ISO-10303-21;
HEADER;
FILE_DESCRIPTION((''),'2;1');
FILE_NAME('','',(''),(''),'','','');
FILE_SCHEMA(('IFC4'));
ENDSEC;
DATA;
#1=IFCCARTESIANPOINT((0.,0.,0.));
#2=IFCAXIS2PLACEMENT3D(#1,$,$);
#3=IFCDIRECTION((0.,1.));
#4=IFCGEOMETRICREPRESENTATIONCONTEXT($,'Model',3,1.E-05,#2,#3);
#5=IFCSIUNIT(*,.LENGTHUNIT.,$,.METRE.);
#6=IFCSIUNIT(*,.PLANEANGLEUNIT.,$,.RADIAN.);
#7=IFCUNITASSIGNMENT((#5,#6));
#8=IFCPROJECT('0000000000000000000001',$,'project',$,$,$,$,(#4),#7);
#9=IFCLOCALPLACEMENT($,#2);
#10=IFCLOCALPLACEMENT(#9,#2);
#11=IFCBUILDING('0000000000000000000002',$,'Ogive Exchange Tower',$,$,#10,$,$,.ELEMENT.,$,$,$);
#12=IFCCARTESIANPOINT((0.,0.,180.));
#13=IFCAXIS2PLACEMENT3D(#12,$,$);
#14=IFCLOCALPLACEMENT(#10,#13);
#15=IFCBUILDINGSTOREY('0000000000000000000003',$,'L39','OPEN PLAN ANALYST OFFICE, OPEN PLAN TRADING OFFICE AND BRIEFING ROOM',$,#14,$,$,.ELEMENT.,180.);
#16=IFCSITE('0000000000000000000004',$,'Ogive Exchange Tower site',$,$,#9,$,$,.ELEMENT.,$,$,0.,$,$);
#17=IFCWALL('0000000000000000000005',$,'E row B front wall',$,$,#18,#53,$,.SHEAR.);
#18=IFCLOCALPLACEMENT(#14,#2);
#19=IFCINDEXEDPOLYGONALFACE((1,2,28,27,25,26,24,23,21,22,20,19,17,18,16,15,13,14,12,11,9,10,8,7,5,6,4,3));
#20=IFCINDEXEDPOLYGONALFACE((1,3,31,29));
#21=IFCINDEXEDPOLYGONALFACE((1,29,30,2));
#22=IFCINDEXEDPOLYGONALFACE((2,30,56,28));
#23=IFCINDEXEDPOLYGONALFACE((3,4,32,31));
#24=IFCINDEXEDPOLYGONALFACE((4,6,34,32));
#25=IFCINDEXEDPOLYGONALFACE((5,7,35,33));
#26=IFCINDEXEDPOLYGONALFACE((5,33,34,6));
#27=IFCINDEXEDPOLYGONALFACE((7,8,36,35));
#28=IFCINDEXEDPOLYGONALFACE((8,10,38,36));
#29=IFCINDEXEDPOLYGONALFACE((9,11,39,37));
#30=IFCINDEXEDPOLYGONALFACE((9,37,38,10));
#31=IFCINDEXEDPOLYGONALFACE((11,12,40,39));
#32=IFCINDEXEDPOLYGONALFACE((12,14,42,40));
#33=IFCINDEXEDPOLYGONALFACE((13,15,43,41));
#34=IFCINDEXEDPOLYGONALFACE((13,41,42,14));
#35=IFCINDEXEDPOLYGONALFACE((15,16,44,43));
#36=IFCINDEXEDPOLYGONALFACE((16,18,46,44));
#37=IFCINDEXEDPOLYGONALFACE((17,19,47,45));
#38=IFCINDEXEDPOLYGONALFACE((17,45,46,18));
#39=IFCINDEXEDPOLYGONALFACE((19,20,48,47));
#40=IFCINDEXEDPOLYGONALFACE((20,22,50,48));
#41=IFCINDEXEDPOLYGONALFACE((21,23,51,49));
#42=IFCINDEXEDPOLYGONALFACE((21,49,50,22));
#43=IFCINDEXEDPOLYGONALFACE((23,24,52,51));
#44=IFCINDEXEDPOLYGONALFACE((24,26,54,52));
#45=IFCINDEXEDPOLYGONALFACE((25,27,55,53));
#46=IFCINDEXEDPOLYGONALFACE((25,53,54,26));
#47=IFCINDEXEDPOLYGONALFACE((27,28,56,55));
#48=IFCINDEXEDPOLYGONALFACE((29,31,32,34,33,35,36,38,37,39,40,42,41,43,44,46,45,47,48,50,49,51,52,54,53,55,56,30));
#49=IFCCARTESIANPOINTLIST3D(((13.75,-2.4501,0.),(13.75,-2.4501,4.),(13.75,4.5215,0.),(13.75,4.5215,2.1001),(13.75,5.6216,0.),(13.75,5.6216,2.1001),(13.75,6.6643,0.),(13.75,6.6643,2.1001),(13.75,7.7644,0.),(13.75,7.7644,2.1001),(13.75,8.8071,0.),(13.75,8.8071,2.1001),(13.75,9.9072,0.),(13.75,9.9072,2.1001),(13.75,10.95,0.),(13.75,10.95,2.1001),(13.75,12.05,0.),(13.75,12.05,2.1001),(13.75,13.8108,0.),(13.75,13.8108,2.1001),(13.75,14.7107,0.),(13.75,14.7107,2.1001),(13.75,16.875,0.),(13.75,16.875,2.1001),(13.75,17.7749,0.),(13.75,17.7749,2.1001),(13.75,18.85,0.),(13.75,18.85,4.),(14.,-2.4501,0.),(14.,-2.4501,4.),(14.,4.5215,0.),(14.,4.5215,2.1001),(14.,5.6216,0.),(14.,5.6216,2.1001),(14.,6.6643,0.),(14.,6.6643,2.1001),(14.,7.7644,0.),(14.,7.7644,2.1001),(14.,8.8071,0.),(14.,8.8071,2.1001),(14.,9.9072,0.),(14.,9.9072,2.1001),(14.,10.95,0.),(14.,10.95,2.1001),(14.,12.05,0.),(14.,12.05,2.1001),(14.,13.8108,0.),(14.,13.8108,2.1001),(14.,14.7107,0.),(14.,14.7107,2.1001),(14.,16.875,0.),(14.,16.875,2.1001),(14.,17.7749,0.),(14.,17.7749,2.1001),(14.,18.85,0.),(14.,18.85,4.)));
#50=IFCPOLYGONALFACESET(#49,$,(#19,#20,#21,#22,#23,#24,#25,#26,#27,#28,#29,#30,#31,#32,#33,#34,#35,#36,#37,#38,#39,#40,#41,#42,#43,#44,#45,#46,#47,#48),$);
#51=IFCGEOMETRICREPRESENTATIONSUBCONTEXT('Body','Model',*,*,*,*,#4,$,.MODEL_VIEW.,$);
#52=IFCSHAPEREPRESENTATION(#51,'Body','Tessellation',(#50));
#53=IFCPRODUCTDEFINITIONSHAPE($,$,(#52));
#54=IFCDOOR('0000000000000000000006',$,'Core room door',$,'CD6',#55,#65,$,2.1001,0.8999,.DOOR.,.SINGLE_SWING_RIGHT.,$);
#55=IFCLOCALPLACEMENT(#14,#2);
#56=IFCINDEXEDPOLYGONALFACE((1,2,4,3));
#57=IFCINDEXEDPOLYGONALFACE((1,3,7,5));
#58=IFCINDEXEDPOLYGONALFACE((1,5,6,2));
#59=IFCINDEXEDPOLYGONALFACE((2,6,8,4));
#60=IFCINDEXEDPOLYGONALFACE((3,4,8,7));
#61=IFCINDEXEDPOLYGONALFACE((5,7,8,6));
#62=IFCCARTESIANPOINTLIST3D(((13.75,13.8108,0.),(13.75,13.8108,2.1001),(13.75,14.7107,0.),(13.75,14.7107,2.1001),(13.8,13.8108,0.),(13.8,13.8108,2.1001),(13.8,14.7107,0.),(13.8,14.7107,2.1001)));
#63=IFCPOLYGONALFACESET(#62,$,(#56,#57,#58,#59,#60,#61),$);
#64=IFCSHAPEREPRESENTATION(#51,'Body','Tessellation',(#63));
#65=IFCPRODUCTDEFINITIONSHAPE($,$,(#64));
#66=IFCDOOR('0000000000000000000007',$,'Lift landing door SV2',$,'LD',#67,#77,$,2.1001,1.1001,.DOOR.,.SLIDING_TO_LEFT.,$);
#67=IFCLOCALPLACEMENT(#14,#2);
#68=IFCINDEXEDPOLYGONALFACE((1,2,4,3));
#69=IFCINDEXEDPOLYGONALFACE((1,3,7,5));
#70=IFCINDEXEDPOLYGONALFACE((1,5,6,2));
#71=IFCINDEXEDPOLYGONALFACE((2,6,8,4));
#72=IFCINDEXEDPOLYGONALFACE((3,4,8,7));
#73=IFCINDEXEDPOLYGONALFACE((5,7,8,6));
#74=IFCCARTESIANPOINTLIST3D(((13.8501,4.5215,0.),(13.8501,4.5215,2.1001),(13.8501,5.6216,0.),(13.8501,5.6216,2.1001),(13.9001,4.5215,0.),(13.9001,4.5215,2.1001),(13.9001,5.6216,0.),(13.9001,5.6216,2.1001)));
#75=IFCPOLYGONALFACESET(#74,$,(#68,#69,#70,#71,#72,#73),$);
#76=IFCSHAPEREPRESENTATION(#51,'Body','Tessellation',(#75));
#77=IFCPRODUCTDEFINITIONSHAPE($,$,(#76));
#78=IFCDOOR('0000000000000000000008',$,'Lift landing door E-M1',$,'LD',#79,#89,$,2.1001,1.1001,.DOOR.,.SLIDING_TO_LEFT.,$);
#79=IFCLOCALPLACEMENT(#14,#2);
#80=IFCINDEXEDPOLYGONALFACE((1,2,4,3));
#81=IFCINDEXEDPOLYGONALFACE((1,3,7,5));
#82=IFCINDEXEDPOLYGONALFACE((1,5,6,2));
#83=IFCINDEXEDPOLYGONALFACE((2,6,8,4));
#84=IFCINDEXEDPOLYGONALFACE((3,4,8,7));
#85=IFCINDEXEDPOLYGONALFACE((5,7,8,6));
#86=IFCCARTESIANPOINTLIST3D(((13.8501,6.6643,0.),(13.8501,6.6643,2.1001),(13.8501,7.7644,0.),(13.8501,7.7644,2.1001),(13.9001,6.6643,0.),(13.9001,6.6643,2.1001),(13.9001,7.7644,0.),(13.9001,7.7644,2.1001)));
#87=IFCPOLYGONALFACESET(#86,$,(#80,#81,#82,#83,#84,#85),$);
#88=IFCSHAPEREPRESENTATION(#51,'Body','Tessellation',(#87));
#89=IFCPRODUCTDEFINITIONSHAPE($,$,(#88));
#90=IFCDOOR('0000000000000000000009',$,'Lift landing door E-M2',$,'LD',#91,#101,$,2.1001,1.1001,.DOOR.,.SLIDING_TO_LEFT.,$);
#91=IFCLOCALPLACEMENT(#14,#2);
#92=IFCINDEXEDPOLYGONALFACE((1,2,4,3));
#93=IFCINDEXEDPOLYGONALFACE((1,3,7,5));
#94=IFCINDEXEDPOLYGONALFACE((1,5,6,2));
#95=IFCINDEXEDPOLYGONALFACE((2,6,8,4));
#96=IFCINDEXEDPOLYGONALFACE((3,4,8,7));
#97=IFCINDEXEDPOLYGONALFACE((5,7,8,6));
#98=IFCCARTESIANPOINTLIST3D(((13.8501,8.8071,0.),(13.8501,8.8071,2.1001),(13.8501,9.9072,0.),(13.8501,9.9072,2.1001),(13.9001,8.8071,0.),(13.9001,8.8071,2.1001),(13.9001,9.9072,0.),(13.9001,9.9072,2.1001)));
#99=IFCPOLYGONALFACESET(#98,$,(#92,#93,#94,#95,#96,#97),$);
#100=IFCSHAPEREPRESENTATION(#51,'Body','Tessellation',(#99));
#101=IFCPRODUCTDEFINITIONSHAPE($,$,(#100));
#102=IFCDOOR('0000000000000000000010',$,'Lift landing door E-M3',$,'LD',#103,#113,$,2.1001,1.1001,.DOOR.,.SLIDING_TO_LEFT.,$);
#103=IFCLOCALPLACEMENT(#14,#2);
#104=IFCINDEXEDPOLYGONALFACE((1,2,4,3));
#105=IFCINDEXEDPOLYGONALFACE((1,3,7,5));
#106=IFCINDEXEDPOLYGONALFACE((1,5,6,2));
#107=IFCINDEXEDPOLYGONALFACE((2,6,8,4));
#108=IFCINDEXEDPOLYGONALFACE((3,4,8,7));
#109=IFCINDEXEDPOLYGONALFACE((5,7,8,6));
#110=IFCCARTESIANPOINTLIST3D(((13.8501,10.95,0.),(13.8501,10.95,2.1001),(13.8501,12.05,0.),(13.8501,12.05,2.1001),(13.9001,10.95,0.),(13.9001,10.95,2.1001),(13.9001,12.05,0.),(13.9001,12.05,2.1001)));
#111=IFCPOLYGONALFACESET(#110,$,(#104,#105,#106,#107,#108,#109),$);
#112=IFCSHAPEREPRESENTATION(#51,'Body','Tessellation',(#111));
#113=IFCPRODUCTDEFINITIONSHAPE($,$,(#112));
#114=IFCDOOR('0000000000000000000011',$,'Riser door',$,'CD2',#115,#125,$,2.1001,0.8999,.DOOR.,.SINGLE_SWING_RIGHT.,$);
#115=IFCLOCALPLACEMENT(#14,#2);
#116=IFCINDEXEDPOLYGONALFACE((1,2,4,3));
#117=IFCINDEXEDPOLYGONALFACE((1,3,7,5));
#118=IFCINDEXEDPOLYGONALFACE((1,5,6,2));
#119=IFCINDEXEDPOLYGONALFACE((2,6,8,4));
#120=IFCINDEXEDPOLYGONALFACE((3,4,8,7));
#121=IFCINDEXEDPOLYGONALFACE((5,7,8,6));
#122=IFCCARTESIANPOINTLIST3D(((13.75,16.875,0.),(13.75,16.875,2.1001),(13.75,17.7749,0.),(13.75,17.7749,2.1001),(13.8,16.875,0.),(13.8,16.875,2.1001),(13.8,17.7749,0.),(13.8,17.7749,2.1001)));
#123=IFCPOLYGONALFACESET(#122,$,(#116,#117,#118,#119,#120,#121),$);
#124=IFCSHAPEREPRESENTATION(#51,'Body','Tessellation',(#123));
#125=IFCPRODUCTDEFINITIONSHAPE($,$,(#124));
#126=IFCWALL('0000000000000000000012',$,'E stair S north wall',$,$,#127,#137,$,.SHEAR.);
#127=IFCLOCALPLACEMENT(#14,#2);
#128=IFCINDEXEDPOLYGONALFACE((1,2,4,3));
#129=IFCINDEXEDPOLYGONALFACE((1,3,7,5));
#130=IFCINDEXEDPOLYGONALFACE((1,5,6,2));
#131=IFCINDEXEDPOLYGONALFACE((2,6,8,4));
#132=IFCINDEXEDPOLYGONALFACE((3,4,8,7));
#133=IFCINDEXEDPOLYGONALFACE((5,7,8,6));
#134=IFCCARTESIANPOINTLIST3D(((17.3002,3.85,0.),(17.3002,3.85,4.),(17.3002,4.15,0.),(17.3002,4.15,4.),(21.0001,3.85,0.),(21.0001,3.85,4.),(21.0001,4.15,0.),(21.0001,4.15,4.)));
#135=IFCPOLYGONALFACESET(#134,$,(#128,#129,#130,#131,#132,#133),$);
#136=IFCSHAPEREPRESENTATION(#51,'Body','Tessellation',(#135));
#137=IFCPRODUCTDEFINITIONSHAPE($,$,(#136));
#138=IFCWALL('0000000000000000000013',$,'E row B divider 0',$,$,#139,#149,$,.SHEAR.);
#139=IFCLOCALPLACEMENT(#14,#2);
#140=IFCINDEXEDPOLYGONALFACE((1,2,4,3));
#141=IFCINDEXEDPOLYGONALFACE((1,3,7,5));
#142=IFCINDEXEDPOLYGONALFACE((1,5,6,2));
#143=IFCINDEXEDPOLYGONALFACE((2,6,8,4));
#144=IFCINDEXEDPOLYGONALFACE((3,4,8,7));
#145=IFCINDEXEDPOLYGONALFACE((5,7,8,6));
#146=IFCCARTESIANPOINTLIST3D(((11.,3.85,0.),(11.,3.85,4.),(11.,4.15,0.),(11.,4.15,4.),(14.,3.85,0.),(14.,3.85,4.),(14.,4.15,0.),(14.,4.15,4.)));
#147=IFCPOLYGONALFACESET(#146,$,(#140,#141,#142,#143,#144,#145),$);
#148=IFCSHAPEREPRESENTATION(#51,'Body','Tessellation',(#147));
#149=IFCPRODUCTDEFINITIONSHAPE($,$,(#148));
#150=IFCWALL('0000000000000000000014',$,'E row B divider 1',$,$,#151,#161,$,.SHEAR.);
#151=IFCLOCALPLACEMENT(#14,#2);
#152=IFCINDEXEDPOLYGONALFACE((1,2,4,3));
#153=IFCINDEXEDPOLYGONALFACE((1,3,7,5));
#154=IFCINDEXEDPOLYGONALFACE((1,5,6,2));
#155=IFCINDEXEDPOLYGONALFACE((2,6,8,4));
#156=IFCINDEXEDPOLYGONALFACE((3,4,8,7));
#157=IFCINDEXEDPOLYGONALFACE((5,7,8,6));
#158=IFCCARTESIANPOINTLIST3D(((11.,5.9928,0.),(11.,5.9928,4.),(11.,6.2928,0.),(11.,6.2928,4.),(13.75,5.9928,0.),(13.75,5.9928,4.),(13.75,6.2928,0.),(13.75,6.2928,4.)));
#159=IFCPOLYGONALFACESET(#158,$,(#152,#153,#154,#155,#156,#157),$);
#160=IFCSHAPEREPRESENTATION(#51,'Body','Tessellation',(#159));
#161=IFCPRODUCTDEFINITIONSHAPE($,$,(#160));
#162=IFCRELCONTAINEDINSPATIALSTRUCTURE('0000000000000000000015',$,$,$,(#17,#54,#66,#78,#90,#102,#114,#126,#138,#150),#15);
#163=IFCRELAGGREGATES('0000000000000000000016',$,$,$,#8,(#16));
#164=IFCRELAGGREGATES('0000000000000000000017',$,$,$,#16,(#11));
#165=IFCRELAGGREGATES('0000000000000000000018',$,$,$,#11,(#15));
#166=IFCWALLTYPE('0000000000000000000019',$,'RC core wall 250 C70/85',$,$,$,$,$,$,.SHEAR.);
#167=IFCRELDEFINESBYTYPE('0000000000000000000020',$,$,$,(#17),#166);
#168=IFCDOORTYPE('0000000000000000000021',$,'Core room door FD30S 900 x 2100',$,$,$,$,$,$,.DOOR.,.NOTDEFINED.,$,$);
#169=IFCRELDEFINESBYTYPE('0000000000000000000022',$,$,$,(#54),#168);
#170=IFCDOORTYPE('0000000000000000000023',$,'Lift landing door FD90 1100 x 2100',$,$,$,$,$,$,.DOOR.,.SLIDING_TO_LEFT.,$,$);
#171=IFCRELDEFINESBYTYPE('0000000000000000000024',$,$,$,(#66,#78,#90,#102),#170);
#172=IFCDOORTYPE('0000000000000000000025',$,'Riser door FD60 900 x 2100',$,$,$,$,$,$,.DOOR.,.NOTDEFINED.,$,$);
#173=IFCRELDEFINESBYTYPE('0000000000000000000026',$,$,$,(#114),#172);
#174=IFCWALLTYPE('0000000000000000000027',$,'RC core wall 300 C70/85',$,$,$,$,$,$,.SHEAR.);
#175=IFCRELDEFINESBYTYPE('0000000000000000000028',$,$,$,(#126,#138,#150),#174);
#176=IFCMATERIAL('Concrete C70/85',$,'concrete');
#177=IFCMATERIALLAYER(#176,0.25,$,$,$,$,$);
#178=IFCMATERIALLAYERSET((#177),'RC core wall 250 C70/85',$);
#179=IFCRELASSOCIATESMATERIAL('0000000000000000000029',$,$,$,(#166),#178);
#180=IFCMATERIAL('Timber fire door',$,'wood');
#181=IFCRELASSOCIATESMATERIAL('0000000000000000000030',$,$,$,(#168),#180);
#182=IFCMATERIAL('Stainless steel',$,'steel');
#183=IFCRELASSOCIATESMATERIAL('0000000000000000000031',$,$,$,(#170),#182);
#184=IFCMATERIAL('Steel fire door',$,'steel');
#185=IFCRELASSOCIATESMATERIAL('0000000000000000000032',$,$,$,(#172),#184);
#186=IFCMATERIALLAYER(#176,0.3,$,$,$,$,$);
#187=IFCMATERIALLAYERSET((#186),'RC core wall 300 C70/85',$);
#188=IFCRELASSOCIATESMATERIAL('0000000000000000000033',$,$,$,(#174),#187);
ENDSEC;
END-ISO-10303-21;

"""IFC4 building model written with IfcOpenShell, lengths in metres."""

from ifc_helpers import new_model, si_unit, direction, frame, frame_2d, origin, place, context, subcontext, project, spatial, rectangle, extrude, material, layer, layer_set, type_object, element, fill, save


model = new_model("IFC4")

# Units and contexts
model_context = context("Model", 3, precision=1e-05, world=origin(), true_north=direction((0.0, 1.0)))
body_context = subcontext(model_context, "Body", "Model", "MODEL_VIEW")
ifc_project = project(units=[si_unit("LENGTHUNIT", "METRE"), si_unit("PLANEANGLEUNIT", "RADIAN")], contexts=[model_context])

# Site, building, storey
site_placement = place(None, origin())
site = spatial("IfcSite", under=ifc_project, at=site_placement, Name="Ogive Exchange Tower site", CompositionType="ELEMENT", RefElevation=0.0)
building_placement = place(site_placement, origin())
building = spatial("IfcBuilding", under=site, at=building_placement, Name="Ogive Exchange Tower", CompositionType="ELEMENT")
storey_placement = place(building_placement, frame((0.0, 0.0, 180.0)))
storey = spatial("IfcBuildingStorey", under=building, at=storey_placement, Name="L39", Description="OPEN PLAN ANALYST OFFICE, OPEN PLAN TRADING OFFICE AND BRIEFING ROOM", CompositionType="ELEMENT", Elevation=180.0)

# Shared definitions
ifc_material_1 = material(Name="Concrete C70/85", Category="concrete")

# Shared definitions
ifc_material_2 = material(Name="Steel fire door", Category="steel")
ifc_layer_1 = layer(ifc_material_1, 0.25)
ifc_layer_set_1 = layer_set([ifc_layer_1], Name="RC core wall 250 C70/85")
wall_type_1 = type_object("IfcWallType", Name="RC core wall 250 C70/85", PredefinedType="SHEAR", material=ifc_layer_set_1)

# Wall, openings, doors
wall_1_placement = place(storey_placement, frame((13.875, -2.45, 0.0), z_axis=(0.0, 0.0, 1.0), x_axis=(0.0, 1.0, 0.0)))
wall_1 = element("IfcWall", 1, at=wall_1_placement, inside=storey, type_object=wall_type_1, Name="E row B front wall", PredefinedType="SHEAR", context=body_context, shape_type="SweptSolid", body=[
    extrude(rectangle(XDim=21.3, YDim=0.25, at=frame_2d((10.6499, 0.0))), origin(), (0.0, 0.0, 1.0), 4.0),
])
opening_1_placement = place(wall_1_placement, frame((16.2607, 0.0, 0.0)))
opening_1 = element("IfcOpeningElement", 2, at=opening_1_placement, cuts=wall_1, PredefinedType="OPENING", context=body_context, shape_type="SweptSolid", body=[
    extrude(rectangle(XDim=0.8999, YDim=2.1001, at=frame_2d((0.45, 1.05))), frame((0.0, 0.135, 0.0), z_axis=(0.0, -1.0, 0.0), x_axis=(1.0, 0.0, 0.0)), (0.0, 0.0, 1.0), 0.27),
])
opening_2_placement = place(wall_1_placement, frame((19.325, 0.0, 0.0)))
opening_2 = element("IfcOpeningElement", 3, at=opening_2_placement, cuts=wall_1, PredefinedType="OPENING", context=body_context, shape_type="SweptSolid", body=[
    extrude(rectangle(XDim=0.8999, YDim=2.1001, at=frame_2d((0.45, 1.05))), frame((0.0, 0.135, 0.0), z_axis=(0.0, -1.0, 0.0), x_axis=(1.0, 0.0, 0.0)), (0.0, 0.0, 1.0), 0.27),
])
opening_3_placement = place(wall_1_placement, frame((6.9714, 0.0, 0.0)))
opening_3 = element("IfcOpeningElement", 4, at=opening_3_placement, cuts=wall_1, PredefinedType="OPENING", context=body_context, shape_type="SweptSolid", body=[
    extrude(rectangle(XDim=1.1001, YDim=2.1001, at=frame_2d((0.55, 1.05))), frame((0.0, 0.135, 0.0), z_axis=(0.0, -1.0, 0.0), x_axis=(1.0, 0.0, 0.0)), (0.0, 0.0, 1.0), 0.27),
])
opening_4_placement = place(wall_1_placement, frame((9.1143, 0.0, 0.0)))
opening_4 = element("IfcOpeningElement", 5, at=opening_4_placement, cuts=wall_1, PredefinedType="OPENING", context=body_context, shape_type="SweptSolid", body=[
    extrude(rectangle(XDim=1.1001, YDim=2.1001, at=frame_2d((0.55, 1.05))), frame((0.0, 0.135, 0.0), z_axis=(0.0, -1.0, 0.0), x_axis=(1.0, 0.0, 0.0)), (0.0, 0.0, 1.0), 0.27),
])
opening_5_placement = place(wall_1_placement, frame((11.2571, 0.0, 0.0)))
opening_5 = element("IfcOpeningElement", 6, at=opening_5_placement, cuts=wall_1, PredefinedType="OPENING", context=body_context, shape_type="SweptSolid", body=[
    extrude(rectangle(XDim=1.1001, YDim=2.1001, at=frame_2d((0.55, 1.05))), frame((0.0, 0.135, 0.0), z_axis=(0.0, -1.0, 0.0), x_axis=(1.0, 0.0, 0.0)), (0.0, 0.0, 1.0), 0.27),
])
opening_6_placement = place(wall_1_placement, frame((13.3999, 0.0, 0.0)))
opening_6 = element("IfcOpeningElement", 7, at=opening_6_placement, cuts=wall_1, PredefinedType="OPENING", context=body_context, shape_type="SweptSolid", body=[
    extrude(rectangle(XDim=1.1001, YDim=2.1001, at=frame_2d((0.55, 1.05))), frame((0.0, 0.135, 0.0), z_axis=(0.0, -1.0, 0.0), x_axis=(1.0, 0.0, 0.0)), (0.0, 0.0, 1.0), 0.27),
])
ifc_material_3 = material(Name="Timber fire door", Category="wood")
door_type_1 = type_object("IfcDoorType", Name="Core room door FD30S 900 x 2100", OperationType="NOTDEFINED", PredefinedType="DOOR", material=ifc_material_3)
door_1_placement = place(opening_1_placement, origin())
door_1 = element("IfcDoor", 8, at=door_1_placement, inside=storey, type_object=door_type_1, Name="Core room door", ObjectType="CD6", OperationType="SINGLE_SWING_RIGHT", OverallHeight=2.1001, OverallWidth=0.8999, PredefinedType="DOOR", context=body_context, shape_type="SweptSolid", body=[
    extrude(rectangle(XDim=0.8999, YDim=2.1001, at=frame_2d((0.45, 1.05))), frame((0.0, 0.125, 0.0), z_axis=(0.0, -1.0, 0.0), x_axis=(1.0, 0.0, 0.0)), (0.0, 0.0, 1.0), 0.05),
])
fill(opening_1, door_1)
ifc_material_4 = material(Name="Stainless steel", Category="steel")
door_type_2 = type_object("IfcDoorType", Name="Lift landing door FD90 1100 x 2100", OperationType="SLIDING_TO_LEFT", PredefinedType="DOOR", material=ifc_material_4)
door_2_placement = place(opening_3_placement, origin())
door_2 = element("IfcDoor", 9, at=door_2_placement, inside=storey, type_object=door_type_2, Name="Lift landing door SV2", ObjectType="LD", OperationType="SLIDING_TO_LEFT", OverallHeight=2.1001, OverallWidth=1.1001, PredefinedType="DOOR", context=body_context, shape_type="SweptSolid", body=[
    extrude(rectangle(XDim=1.1001, YDim=2.1001, at=frame_2d((0.55, 1.05))), frame((0.0, 0.0249, 0.0), z_axis=(0.0, -1.0, 0.0), x_axis=(1.0, 0.0, 0.0)), (0.0, 0.0, 1.0), 0.05),
])
fill(opening_3, door_2)
door_3_placement = place(opening_4_placement, origin())
door_3 = element("IfcDoor", 10, at=door_3_placement, inside=storey, type_object=door_type_2, Name="Lift landing door E-M1", ObjectType="LD", OperationType="SLIDING_TO_LEFT", OverallHeight=2.1001, OverallWidth=1.1001, PredefinedType="DOOR", context=body_context, shape_type="SweptSolid", body=[
    extrude(rectangle(XDim=1.1001, YDim=2.1001, at=frame_2d((0.55, 1.05))), frame((0.0, 0.0249, 0.0), z_axis=(0.0, -1.0, 0.0), x_axis=(1.0, 0.0, 0.0)), (0.0, 0.0, 1.0), 0.05),
])
fill(opening_4, door_3)
door_4_placement = place(opening_5_placement, origin())
door_4 = element("IfcDoor", 11, at=door_4_placement, inside=storey, type_object=door_type_2, Name="Lift landing door E-M2", ObjectType="LD", OperationType="SLIDING_TO_LEFT", OverallHeight=2.1001, OverallWidth=1.1001, PredefinedType="DOOR", context=body_context, shape_type="SweptSolid", body=[
    extrude(rectangle(XDim=1.1001, YDim=2.1001, at=frame_2d((0.55, 1.05))), frame((0.0, 0.0249, 0.0), z_axis=(0.0, -1.0, 0.0), x_axis=(1.0, 0.0, 0.0)), (0.0, 0.0, 1.0), 0.05),
])
fill(opening_5, door_4)
door_5_placement = place(opening_6_placement, origin())
door_5 = element("IfcDoor", 12, at=door_5_placement, inside=storey, type_object=door_type_2, Name="Lift landing door E-M3", ObjectType="LD", OperationType="SLIDING_TO_LEFT", OverallHeight=2.1001, OverallWidth=1.1001, PredefinedType="DOOR", context=body_context, shape_type="SweptSolid", body=[
    extrude(rectangle(XDim=1.1001, YDim=2.1001, at=frame_2d((0.55, 1.05))), frame((0.0, 0.0249, 0.0), z_axis=(0.0, -1.0, 0.0), x_axis=(1.0, 0.0, 0.0)), (0.0, 0.0, 1.0), 0.05),
])
fill(opening_6, door_5)
door_type_3 = type_object("IfcDoorType", Name="Riser door FD60 900 x 2100", OperationType="NOTDEFINED", PredefinedType="DOOR", material=ifc_material_2)
door_6_placement = place(opening_2_placement, origin())
door_6 = element("IfcDoor", 13, at=door_6_placement, inside=storey, type_object=door_type_3, Name="Riser door", ObjectType="CD2", OperationType="SINGLE_SWING_RIGHT", OverallHeight=2.1001, OverallWidth=0.8999, PredefinedType="DOOR", context=body_context, shape_type="SweptSolid", body=[
    extrude(rectangle(XDim=0.8999, YDim=2.1001, at=frame_2d((0.45, 1.05))), frame((0.0, 0.125, 0.0), z_axis=(0.0, -1.0, 0.0), x_axis=(1.0, 0.0, 0.0)), (0.0, 0.0, 1.0), 0.05),
])
fill(opening_2, door_6)

# Walls
ifc_layer_2 = layer(ifc_material_1, 0.3)
ifc_layer_set_2 = layer_set([ifc_layer_2], Name="RC core wall 300 C70/85")
wall_type_2 = type_object("IfcWallType", Name="RC core wall 300 C70/85", PredefinedType="SHEAR", material=ifc_layer_set_2)
wall_2_placement = place(storey_placement, frame((17.3, 4.0, 0.0), z_axis=(0.0, 0.0, 1.0), x_axis=(1.0, 0.0, 0.0)))
element("IfcWall", 14, at=wall_2_placement, inside=storey, type_object=wall_type_2, Name="E stair S north wall", PredefinedType="SHEAR", context=body_context, shape_type="SweptSolid", body=[
    extrude(rectangle(XDim=3.7, YDim=0.3, at=frame_2d((1.8501, 0.0))), origin(), (0.0, 0.0, 1.0), 4.0),
])
wall_3_placement = place(storey_placement, frame((11.0, 4.0, 0.0), z_axis=(0.0, 0.0, 1.0), x_axis=(1.0, 0.0, 0.0)))
element("IfcWall", 15, at=wall_3_placement, inside=storey, type_object=wall_type_2, Name="E row B divider 0", PredefinedType="SHEAR", context=body_context, shape_type="SweptSolid", body=[
    extrude(rectangle(XDim=3.0, YDim=0.3, at=frame_2d((1.5, 0.0))), origin(), (0.0, 0.0, 1.0), 4.0),
])
wall_4_placement = place(storey_placement, frame((11.0, 6.1428, 0.0), z_axis=(0.0, 0.0, 1.0), x_axis=(1.0, 0.0, 0.0)))
element("IfcWall", 16, at=wall_4_placement, inside=storey, type_object=wall_type_2, Name="E row B divider 1", PredefinedType="SHEAR", context=body_context, shape_type="SweptSolid", body=[
    extrude(rectangle(XDim=2.75, YDim=0.3, at=frame_2d((1.375, 0.0))), origin(), (0.0, 0.0, 1.0), 4.0),
])

save(model, "model.ifc")
